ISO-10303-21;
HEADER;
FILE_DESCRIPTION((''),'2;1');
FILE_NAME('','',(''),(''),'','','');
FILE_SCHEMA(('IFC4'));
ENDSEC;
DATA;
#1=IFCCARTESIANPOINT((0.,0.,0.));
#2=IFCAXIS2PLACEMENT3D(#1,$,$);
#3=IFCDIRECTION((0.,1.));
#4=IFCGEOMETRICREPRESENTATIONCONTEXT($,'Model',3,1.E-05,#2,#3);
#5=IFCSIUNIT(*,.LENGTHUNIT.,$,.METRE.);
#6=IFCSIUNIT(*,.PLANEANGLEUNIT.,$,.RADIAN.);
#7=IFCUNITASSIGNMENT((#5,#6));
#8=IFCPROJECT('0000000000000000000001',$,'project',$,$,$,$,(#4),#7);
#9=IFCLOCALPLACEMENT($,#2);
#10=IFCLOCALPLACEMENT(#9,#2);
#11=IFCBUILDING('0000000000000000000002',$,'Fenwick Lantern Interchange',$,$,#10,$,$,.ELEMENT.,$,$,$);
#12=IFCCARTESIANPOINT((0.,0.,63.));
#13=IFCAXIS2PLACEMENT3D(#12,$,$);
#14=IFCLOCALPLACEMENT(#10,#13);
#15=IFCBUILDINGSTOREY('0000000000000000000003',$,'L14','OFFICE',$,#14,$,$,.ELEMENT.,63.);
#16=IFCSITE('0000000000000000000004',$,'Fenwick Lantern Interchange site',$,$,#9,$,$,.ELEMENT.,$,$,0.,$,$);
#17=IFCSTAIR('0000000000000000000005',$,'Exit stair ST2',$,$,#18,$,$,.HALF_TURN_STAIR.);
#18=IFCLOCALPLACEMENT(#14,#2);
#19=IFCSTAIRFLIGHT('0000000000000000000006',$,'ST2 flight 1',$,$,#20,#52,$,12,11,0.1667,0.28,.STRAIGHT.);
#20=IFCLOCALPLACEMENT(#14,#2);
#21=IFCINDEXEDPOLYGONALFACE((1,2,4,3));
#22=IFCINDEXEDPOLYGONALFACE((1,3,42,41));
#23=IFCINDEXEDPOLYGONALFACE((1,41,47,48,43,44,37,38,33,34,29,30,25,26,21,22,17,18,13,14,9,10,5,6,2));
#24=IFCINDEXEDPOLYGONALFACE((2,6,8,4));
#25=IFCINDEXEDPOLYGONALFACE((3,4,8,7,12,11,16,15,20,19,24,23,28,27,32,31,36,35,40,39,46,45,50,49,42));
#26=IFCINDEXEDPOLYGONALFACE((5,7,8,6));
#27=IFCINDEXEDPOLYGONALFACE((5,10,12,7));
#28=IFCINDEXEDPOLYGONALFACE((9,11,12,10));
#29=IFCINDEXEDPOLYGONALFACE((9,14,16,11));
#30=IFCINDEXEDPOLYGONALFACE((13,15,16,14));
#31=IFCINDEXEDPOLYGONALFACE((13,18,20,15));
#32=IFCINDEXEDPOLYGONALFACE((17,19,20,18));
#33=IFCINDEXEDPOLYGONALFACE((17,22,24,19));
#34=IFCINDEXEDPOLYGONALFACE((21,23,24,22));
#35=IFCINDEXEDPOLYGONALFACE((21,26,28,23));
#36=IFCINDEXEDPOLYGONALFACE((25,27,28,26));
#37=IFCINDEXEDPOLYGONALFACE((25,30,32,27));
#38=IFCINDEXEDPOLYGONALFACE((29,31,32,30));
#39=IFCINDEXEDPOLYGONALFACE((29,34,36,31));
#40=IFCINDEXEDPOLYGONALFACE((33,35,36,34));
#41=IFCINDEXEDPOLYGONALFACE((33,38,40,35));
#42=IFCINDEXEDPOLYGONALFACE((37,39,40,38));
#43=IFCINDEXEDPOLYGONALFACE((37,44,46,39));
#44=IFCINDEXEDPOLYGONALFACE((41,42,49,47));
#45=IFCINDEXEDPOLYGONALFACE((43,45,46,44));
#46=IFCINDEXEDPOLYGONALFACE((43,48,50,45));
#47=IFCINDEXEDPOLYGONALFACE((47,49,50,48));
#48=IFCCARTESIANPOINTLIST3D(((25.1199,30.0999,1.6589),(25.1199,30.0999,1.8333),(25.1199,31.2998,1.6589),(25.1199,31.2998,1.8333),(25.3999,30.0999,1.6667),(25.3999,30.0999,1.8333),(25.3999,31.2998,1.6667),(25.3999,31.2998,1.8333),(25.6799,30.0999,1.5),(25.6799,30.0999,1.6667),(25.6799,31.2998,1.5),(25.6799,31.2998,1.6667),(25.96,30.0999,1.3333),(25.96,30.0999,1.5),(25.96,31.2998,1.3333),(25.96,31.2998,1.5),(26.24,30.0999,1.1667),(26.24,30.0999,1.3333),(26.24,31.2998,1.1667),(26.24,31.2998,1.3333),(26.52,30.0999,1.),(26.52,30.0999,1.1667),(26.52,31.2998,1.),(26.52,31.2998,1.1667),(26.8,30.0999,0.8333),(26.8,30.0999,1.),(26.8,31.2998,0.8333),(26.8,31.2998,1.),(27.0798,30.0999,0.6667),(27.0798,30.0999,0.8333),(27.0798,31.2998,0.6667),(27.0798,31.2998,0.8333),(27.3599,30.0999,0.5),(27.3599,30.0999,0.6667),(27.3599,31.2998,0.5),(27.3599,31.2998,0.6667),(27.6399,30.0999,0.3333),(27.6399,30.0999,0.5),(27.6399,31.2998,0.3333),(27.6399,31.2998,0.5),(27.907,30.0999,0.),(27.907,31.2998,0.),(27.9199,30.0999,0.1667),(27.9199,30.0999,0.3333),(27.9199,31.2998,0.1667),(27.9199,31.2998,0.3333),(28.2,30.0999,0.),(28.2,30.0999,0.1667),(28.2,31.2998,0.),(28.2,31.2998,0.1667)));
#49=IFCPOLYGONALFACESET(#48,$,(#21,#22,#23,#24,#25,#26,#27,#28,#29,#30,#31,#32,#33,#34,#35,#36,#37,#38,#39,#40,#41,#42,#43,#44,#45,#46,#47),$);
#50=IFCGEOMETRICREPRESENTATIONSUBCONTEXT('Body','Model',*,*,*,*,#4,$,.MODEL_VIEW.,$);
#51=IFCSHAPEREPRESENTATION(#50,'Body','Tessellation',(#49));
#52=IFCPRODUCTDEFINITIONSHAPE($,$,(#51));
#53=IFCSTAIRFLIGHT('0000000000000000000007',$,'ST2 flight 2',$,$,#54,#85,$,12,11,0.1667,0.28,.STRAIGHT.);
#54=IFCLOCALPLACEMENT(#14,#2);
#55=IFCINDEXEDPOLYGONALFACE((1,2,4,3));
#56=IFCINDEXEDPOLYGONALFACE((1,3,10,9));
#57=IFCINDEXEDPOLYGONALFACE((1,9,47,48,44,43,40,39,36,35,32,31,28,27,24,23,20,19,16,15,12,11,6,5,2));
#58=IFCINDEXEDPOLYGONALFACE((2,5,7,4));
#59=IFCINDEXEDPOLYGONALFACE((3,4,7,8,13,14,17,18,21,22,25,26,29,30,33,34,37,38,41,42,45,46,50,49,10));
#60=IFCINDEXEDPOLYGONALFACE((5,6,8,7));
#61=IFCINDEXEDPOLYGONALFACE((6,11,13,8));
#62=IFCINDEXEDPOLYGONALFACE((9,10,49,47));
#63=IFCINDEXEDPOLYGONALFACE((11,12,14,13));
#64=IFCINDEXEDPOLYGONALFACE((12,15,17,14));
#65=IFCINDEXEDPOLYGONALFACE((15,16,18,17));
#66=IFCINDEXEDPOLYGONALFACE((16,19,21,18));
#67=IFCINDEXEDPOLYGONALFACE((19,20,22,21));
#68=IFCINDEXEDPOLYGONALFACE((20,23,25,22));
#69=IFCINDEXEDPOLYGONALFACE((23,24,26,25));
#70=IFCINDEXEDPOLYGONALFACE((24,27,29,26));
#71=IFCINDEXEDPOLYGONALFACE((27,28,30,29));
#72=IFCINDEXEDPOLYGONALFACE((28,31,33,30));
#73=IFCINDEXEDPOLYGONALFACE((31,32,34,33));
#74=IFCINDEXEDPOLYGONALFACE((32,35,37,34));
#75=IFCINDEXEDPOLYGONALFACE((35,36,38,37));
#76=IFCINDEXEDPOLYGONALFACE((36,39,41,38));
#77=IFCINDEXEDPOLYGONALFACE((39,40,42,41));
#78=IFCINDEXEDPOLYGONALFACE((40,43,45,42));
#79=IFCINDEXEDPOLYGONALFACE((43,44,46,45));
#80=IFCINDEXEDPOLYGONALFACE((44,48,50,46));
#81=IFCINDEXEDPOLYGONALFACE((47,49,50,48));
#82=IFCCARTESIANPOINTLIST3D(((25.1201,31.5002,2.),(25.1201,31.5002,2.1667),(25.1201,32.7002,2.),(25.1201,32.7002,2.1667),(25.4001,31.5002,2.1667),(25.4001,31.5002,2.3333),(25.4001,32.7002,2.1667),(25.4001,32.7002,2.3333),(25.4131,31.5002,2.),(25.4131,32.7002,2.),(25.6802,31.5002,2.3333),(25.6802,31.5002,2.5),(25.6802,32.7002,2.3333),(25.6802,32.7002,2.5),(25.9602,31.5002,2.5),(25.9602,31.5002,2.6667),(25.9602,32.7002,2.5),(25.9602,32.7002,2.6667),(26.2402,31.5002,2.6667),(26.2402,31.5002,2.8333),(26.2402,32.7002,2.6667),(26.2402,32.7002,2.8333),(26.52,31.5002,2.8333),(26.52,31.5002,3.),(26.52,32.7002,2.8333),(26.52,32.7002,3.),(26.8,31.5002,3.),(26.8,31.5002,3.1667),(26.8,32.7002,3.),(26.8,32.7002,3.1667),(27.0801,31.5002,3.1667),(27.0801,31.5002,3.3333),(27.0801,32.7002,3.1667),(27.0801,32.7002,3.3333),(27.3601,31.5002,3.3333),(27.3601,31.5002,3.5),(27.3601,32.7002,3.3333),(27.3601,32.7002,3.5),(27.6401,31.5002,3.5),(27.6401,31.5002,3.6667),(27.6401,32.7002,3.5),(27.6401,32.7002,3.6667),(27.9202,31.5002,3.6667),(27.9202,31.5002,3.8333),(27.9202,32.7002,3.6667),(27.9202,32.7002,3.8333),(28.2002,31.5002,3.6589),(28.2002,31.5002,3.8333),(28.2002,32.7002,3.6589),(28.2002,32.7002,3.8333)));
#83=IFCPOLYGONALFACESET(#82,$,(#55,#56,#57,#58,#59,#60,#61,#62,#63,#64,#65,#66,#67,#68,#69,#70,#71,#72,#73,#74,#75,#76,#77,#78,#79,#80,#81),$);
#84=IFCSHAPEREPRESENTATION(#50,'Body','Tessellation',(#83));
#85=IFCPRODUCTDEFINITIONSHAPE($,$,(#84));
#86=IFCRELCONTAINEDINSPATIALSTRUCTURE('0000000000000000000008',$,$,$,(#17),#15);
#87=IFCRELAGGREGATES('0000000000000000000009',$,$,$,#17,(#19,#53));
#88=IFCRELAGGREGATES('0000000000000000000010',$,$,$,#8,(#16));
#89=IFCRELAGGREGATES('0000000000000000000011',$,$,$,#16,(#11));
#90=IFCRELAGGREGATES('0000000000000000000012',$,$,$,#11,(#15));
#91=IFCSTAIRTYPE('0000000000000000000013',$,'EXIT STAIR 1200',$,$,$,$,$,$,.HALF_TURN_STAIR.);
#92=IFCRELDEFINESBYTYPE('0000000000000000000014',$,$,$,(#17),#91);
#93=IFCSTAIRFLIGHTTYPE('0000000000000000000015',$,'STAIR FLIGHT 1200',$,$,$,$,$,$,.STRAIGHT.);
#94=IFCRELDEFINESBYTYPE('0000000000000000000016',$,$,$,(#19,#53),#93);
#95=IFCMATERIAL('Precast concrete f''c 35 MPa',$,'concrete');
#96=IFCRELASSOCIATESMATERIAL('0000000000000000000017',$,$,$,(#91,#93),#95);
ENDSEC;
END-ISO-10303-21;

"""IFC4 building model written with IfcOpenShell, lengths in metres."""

from ifc_helpers import new_model, si_unit, direction, frame, origin, place, context, subcontext, project, spatial, polyline, outline, extrude, material, type_object, element, aggregate, save


model = new_model("IFC4")

# Units and contexts
model_context = context("Model", 3, precision=1e-05, world=origin(), true_north=direction((0.0, 1.0)))
body_context = subcontext(model_context, "Body", "Model", "MODEL_VIEW")
ifc_project = project(units=[si_unit("LENGTHUNIT", "METRE"), si_unit("PLANEANGLEUNIT", "RADIAN")], contexts=[model_context])

# Site, building, storey
site_placement = place(None, origin())
site = spatial("IfcSite", under=ifc_project, at=site_placement, Name="Fenwick Lantern Interchange site", CompositionType="ELEMENT", RefElevation=0.0)
building_placement = place(site_placement, origin())
building = spatial("IfcBuilding", under=site, at=building_placement, Name="Fenwick Lantern Interchange", CompositionType="ELEMENT")
storey_placement = place(building_placement, frame((0.0, 0.0, 63.0)))
storey = spatial("IfcBuildingStorey", under=building, at=storey_placement, Name="L14", Description="OFFICE", CompositionType="ELEMENT", Elevation=63.0)

# Stair, stair flights
ifc_material_1 = material(Name="Precast concrete f'c 35 MPa", Category="concrete")
stair_type = type_object("IfcStairType", Name="EXIT STAIR 1200", PredefinedType="HALF_TURN_STAIR", material=ifc_material_1)
stair_placement = place(storey_placement, origin())
stair = element("IfcStair", 1, at=stair_placement, inside=storey, type_object=stair_type, Name="Exit stair ST2", PredefinedType="HALF_TURN_STAIR")
stair_flight_type = type_object("IfcStairFlightType", Name="STAIR FLIGHT 1200", PredefinedType="STRAIGHT", material=ifc_material_1)
stair_flight_1_placement = place(storey_placement, frame((28.2, 30.7, 0.0), z_axis=(0.0, 0.0, 1.0), x_axis=(-1.0, 0.0, 0.0)))
stair_flight_1 = element("IfcStairFlight", 2, at=stair_flight_1_placement, type_object=stair_flight_type, Name="ST2 flight 1", NumberOfRisers=12, NumberOfTreads=11, PredefinedType="STRAIGHT", RiserHeight=0.1667, TreadLength=0.28, context=body_context, shape_type="SweptSolid", body=[
    extrude(outline(polyline([(0.0, 0.0), (0.0, 0.1667), (0.28, 0.1667), (0.28, 0.3333), (0.5601, 0.3333), (0.5601, 0.5), (0.8401, 0.5), (0.8401, 0.6667), (1.1201, 0.6667), (1.1201, 0.8333), (1.3999, 0.8333), (1.3999, 1.0), (1.6799, 1.0), (1.6799, 1.1667), (1.96, 1.1667), (1.96, 1.3333), (2.24, 1.3333), (2.24, 1.5), (2.52, 1.5), (2.52, 1.6667), (2.8, 1.6667), (2.8, 1.8333), (3.0801, 1.8333), (3.0801, 2.0), (3.0801, 1.6589), (0.293, 0.0), (0.0, 0.0)])), frame((0.0, 0.6001, 0.0), z_axis=(0.0, -1.0, 0.0), x_axis=(1.0, 0.0, 0.0)), (0.0, 0.0, 1.0), 1.2),
])
stair_flight_2_placement = place(storey_placement, frame((25.1201, 32.1001, 2.0), z_axis=(0.0, 0.0, 1.0), x_axis=(1.0, 0.0, 0.0)))
stair_flight_2 = element("IfcStairFlight", 3, at=stair_flight_2_placement, type_object=stair_flight_type, Name="ST2 flight 2", NumberOfRisers=12, NumberOfTreads=11, PredefinedType="STRAIGHT", RiserHeight=0.1667, TreadLength=0.28, context=body_context, shape_type="SweptSolid", body=[
    extrude(outline(polyline([(0.0, 0.0), (0.0, 0.1667), (0.28, 0.1667), (0.28, 0.3333), (0.5601, 0.3333), (0.5601, 0.5), (0.8401, 0.5), (0.8401, 0.6667), (1.1201, 0.6667), (1.1201, 0.8333), (1.3999, 0.8333), (1.3999, 1.0), (1.6799, 1.0), (1.6799, 1.1667), (1.96, 1.1667), (1.96, 1.3333), (2.24, 1.3333), (2.24, 1.5), (2.52, 1.5), (2.52, 1.6667), (2.8, 1.6667), (2.8, 1.8333), (3.0801, 1.8333), (3.0801, 2.0), (3.0801, 1.6589), (0.293, 0.0), (0.0, 0.0)])), frame((0.0, 0.6001, 0.0), z_axis=(0.0, -1.0, 0.0), x_axis=(1.0, 0.0, 0.0)), (0.0, 0.0, 1.0), 1.2),
])
aggregate(stair, [stair_flight_1, stair_flight_2])

save(model, "model.ifc")
